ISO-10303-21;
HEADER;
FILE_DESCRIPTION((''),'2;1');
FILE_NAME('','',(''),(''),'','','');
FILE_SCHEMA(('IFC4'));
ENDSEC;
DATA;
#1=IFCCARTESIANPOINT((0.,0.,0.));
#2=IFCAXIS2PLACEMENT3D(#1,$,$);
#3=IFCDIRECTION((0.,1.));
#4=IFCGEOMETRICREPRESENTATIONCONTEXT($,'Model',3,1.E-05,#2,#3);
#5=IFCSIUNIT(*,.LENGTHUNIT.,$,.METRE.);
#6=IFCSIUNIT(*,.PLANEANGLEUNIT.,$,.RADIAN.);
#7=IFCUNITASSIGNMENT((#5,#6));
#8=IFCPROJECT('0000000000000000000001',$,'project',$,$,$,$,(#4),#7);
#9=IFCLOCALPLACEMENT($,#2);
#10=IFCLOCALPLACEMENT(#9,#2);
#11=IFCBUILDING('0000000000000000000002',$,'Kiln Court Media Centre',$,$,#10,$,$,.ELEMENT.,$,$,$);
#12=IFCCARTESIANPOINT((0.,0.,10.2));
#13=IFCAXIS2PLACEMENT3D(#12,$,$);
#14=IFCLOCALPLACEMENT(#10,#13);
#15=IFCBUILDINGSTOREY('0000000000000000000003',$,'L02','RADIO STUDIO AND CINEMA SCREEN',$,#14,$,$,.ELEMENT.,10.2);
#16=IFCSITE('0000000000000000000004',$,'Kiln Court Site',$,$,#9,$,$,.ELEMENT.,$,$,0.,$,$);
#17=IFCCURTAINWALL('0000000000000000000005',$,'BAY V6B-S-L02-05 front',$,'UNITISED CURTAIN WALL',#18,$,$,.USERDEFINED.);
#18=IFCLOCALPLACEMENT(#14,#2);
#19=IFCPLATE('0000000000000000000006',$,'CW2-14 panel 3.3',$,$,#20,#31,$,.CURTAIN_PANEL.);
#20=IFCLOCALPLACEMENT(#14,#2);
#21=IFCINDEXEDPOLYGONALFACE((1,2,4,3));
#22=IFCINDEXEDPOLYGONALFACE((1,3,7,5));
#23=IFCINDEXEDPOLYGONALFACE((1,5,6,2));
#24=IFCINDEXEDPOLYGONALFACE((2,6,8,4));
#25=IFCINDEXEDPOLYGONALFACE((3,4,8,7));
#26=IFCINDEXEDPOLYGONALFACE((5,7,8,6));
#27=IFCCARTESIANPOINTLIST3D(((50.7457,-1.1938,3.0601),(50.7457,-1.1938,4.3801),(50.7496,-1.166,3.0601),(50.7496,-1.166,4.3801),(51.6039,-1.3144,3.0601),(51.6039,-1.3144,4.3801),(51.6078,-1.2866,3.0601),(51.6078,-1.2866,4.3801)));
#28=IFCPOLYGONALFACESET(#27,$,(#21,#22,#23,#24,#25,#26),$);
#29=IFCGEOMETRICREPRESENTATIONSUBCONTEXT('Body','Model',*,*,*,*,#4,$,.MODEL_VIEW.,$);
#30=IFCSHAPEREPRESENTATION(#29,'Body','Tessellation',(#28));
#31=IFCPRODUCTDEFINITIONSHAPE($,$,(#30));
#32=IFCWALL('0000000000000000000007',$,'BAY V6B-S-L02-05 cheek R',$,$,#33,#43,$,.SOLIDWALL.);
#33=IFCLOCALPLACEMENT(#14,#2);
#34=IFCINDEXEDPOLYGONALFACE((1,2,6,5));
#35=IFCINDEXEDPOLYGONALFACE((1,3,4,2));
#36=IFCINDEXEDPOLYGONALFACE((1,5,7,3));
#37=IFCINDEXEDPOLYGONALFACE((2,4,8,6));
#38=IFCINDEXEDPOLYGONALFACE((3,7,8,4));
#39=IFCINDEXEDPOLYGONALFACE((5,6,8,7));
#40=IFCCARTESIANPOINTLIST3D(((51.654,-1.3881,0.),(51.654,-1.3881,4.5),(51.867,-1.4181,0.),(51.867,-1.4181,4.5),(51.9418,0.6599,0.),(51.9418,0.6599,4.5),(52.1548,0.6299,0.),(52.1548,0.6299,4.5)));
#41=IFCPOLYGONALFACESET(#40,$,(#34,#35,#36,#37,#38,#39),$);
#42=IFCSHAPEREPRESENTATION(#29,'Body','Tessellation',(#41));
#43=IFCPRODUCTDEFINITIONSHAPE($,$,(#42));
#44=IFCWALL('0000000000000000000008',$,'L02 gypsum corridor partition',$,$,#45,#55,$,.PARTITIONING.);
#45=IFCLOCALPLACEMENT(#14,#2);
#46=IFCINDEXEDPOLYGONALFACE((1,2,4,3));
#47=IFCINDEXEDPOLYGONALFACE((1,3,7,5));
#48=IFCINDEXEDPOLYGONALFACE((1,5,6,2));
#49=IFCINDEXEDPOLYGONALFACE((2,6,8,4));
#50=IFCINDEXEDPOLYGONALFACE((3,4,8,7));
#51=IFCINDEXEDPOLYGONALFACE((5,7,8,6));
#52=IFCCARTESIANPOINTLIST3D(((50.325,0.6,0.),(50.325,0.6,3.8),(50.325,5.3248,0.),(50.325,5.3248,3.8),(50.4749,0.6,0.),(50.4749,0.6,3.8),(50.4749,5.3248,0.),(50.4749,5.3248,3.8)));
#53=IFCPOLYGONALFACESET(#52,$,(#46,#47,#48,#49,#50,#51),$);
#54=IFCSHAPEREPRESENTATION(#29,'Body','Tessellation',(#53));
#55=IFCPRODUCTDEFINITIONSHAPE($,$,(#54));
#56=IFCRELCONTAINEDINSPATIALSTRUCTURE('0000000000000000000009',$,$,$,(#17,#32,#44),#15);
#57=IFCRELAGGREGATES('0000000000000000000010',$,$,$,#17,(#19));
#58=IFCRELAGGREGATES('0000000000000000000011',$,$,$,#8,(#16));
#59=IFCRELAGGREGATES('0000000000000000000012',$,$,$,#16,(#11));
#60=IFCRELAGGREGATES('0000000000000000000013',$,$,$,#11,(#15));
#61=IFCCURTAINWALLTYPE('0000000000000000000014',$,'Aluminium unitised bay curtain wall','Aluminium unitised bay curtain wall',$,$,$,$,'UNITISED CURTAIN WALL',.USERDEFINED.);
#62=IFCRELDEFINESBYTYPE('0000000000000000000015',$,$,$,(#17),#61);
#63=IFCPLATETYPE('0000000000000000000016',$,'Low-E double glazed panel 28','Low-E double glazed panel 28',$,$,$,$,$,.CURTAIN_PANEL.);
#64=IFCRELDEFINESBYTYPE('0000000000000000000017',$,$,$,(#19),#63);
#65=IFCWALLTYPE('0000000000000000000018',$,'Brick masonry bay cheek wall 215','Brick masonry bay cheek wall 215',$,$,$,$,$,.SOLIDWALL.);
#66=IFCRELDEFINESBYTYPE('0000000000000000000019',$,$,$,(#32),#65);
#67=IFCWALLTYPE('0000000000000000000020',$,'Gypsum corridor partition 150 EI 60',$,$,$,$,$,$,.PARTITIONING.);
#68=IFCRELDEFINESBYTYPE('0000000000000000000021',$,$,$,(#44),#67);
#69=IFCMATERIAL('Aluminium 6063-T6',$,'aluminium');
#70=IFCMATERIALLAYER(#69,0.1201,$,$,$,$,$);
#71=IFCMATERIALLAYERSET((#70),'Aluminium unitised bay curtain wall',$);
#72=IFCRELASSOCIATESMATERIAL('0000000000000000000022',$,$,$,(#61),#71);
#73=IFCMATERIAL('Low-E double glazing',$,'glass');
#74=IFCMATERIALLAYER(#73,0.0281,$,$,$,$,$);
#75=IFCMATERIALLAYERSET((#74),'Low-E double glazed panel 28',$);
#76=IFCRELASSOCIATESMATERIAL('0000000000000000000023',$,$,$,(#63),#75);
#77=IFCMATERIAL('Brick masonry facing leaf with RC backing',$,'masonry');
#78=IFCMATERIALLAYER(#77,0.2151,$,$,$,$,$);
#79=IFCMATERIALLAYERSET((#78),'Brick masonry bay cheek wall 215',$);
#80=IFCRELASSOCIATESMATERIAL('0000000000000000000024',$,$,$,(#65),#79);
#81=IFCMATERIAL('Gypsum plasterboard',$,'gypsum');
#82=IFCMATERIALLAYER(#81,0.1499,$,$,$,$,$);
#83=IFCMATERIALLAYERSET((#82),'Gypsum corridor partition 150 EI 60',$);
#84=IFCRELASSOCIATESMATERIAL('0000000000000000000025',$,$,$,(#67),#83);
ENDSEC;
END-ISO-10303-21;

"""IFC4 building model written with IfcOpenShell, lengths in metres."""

from ifc_helpers import new_model, si_unit, direction, frame, frame_2d, origin, origin_2d, place, context, subcontext, project, spatial, rectangle, extrude, material, layer, layer_set, type_object, element, aggregate, save


model = new_model("IFC4")

# Units and contexts
model_context = context("Model", 3, precision=1e-05, world=origin(), true_north=direction((0.0, 1.0)))
body_context = subcontext(model_context, "Body", "Model", "MODEL_VIEW")
ifc_project = project(units=[si_unit("LENGTHUNIT", "METRE"), si_unit("PLANEANGLEUNIT", "RADIAN")], contexts=[model_context])

# Site, building, storey
site_placement = place(None, origin())
site = spatial("IfcSite", under=ifc_project, at=site_placement, Name="Kiln Court Site", CompositionType="ELEMENT", RefElevation=0.0)
building_placement = place(site_placement, origin())
building = spatial("IfcBuilding", under=site, at=building_placement, Name="Kiln Court Media Centre", CompositionType="ELEMENT")
storey_placement = place(building_placement, frame((0.0, 0.0, 10.2)))
storey = spatial("IfcBuildingStorey", under=building, at=storey_placement, Name="L02", Description="RADIO STUDIO AND CINEMA SCREEN", CompositionType="ELEMENT", Elevation=10.2)

# Curtain wall
ifc_material_1 = material(Name="Aluminium 6063-T6", Category="aluminium")
ifc_layer_1 = layer(ifc_material_1, 0.1201)
ifc_layer_set_1 = layer_set([ifc_layer_1], Name="Aluminium unitised bay curtain wall")
curtain_wall_type = type_object("IfcCurtainWallType", Name="Aluminium unitised bay curtain wall", Description="Aluminium unitised bay curtain wall", ElementType="UNITISED CURTAIN WALL", PredefinedType="USERDEFINED", material=ifc_layer_set_1)
curtain_wall_placement = place(storey_placement, origin())
curtain_wall = element("IfcCurtainWall", 1, at=curtain_wall_placement, inside=storey, type_object=curtain_wall_type, Name="BAY V6B-S-L02-05 front", ObjectType="UNITISED CURTAIN WALL", PredefinedType="USERDEFINED")

# Plate
ifc_material_2 = material(Name="Low-E double glazing", Category="glass")
ifc_layer_2 = layer(ifc_material_2, 0.0281)
ifc_layer_set_2 = layer_set([ifc_layer_2], Name="Low-E double glazed panel 28")
plate_type_1 = type_object("IfcPlateType", Name="Low-E double glazed panel 28", Description="Low-E double glazed panel 28", PredefinedType="CURTAIN_PANEL", material=ifc_layer_set_2)
plate_1_placement = place(storey_placement, frame((51.1768, -1.2402, 3.0601), z_axis=(0.0, 0.0, 1.0), x_axis=(0.99027, -0.139162, 0.0)))
plate_1 = element("IfcPlate", 2, at=plate_1_placement, type_object=plate_type_1, Name="CW2-14 panel 3.3", PredefinedType="CURTAIN_PANEL", context=body_context, shape_type="SweptSolid", body=[
    extrude(rectangle(XDim=0.8667, YDim=0.0281, at=origin_2d()), origin(), (0.0, 0.0, 1.0), 1.3201),
])
aggregate(curtain_wall, [plate_1])

# Walls
ifc_material_3 = material(Name="Brick masonry facing leaf with RC backing", Category="masonry")
ifc_layer_3 = layer(ifc_material_3, 0.2151)
ifc_layer_set_3 = layer_set([ifc_layer_3], Name="Brick masonry bay cheek wall 215")
wall_type_1 = type_object("IfcWallType", Name="Brick masonry bay cheek wall 215", Description="Brick masonry bay cheek wall 215", PredefinedType="SOLIDWALL", material=ifc_layer_set_3)
wall_1_placement = place(storey_placement, frame((52.0483, 0.645, 0.0), z_axis=(0.0, 0.0, 1.0), x_axis=(-0.139173, -0.990268, 0.0)))
element("IfcWall", 3, at=wall_1_placement, inside=storey, type_object=wall_type_1, Name="BAY V6B-S-L02-05 cheek R", PredefinedType="SOLIDWALL", context=body_context, shape_type="SweptSolid", body=[
    extrude(rectangle(XDim=2.0681, YDim=0.2151, at=frame_2d((1.0342, 0.0))), origin(), (0.0, 0.0, 1.0), 4.5),
])
ifc_material_4 = material(Name="Gypsum plasterboard", Category="gypsum")
ifc_layer_4 = layer(ifc_material_4, 0.1499)
ifc_layer_set_4 = layer_set([ifc_layer_4], Name="Gypsum corridor partition 150 EI 60")
wall_type_2 = type_object("IfcWallType", Name="Gypsum corridor partition 150 EI 60", PredefinedType="PARTITIONING", material=ifc_layer_set_4)
wall_2_placement = place(storey_placement, frame((50.3999, 0.6001, 0.0), z_axis=(0.0, 0.0, 1.0), x_axis=(0.0, 1.0, 0.0)))
element("IfcWall", 4, at=wall_2_placement, inside=storey, type_object=wall_type_2, Name="L02 gypsum corridor partition", PredefinedType="PARTITIONING", context=body_context, shape_type="SweptSolid", body=[
    extrude(rectangle(XDim=4.7249, YDim=0.1499, at=frame_2d((2.3623, 0.0))), origin(), (0.0, 0.0, 1.0), 3.8),
])

save(model, "model.ifc")
